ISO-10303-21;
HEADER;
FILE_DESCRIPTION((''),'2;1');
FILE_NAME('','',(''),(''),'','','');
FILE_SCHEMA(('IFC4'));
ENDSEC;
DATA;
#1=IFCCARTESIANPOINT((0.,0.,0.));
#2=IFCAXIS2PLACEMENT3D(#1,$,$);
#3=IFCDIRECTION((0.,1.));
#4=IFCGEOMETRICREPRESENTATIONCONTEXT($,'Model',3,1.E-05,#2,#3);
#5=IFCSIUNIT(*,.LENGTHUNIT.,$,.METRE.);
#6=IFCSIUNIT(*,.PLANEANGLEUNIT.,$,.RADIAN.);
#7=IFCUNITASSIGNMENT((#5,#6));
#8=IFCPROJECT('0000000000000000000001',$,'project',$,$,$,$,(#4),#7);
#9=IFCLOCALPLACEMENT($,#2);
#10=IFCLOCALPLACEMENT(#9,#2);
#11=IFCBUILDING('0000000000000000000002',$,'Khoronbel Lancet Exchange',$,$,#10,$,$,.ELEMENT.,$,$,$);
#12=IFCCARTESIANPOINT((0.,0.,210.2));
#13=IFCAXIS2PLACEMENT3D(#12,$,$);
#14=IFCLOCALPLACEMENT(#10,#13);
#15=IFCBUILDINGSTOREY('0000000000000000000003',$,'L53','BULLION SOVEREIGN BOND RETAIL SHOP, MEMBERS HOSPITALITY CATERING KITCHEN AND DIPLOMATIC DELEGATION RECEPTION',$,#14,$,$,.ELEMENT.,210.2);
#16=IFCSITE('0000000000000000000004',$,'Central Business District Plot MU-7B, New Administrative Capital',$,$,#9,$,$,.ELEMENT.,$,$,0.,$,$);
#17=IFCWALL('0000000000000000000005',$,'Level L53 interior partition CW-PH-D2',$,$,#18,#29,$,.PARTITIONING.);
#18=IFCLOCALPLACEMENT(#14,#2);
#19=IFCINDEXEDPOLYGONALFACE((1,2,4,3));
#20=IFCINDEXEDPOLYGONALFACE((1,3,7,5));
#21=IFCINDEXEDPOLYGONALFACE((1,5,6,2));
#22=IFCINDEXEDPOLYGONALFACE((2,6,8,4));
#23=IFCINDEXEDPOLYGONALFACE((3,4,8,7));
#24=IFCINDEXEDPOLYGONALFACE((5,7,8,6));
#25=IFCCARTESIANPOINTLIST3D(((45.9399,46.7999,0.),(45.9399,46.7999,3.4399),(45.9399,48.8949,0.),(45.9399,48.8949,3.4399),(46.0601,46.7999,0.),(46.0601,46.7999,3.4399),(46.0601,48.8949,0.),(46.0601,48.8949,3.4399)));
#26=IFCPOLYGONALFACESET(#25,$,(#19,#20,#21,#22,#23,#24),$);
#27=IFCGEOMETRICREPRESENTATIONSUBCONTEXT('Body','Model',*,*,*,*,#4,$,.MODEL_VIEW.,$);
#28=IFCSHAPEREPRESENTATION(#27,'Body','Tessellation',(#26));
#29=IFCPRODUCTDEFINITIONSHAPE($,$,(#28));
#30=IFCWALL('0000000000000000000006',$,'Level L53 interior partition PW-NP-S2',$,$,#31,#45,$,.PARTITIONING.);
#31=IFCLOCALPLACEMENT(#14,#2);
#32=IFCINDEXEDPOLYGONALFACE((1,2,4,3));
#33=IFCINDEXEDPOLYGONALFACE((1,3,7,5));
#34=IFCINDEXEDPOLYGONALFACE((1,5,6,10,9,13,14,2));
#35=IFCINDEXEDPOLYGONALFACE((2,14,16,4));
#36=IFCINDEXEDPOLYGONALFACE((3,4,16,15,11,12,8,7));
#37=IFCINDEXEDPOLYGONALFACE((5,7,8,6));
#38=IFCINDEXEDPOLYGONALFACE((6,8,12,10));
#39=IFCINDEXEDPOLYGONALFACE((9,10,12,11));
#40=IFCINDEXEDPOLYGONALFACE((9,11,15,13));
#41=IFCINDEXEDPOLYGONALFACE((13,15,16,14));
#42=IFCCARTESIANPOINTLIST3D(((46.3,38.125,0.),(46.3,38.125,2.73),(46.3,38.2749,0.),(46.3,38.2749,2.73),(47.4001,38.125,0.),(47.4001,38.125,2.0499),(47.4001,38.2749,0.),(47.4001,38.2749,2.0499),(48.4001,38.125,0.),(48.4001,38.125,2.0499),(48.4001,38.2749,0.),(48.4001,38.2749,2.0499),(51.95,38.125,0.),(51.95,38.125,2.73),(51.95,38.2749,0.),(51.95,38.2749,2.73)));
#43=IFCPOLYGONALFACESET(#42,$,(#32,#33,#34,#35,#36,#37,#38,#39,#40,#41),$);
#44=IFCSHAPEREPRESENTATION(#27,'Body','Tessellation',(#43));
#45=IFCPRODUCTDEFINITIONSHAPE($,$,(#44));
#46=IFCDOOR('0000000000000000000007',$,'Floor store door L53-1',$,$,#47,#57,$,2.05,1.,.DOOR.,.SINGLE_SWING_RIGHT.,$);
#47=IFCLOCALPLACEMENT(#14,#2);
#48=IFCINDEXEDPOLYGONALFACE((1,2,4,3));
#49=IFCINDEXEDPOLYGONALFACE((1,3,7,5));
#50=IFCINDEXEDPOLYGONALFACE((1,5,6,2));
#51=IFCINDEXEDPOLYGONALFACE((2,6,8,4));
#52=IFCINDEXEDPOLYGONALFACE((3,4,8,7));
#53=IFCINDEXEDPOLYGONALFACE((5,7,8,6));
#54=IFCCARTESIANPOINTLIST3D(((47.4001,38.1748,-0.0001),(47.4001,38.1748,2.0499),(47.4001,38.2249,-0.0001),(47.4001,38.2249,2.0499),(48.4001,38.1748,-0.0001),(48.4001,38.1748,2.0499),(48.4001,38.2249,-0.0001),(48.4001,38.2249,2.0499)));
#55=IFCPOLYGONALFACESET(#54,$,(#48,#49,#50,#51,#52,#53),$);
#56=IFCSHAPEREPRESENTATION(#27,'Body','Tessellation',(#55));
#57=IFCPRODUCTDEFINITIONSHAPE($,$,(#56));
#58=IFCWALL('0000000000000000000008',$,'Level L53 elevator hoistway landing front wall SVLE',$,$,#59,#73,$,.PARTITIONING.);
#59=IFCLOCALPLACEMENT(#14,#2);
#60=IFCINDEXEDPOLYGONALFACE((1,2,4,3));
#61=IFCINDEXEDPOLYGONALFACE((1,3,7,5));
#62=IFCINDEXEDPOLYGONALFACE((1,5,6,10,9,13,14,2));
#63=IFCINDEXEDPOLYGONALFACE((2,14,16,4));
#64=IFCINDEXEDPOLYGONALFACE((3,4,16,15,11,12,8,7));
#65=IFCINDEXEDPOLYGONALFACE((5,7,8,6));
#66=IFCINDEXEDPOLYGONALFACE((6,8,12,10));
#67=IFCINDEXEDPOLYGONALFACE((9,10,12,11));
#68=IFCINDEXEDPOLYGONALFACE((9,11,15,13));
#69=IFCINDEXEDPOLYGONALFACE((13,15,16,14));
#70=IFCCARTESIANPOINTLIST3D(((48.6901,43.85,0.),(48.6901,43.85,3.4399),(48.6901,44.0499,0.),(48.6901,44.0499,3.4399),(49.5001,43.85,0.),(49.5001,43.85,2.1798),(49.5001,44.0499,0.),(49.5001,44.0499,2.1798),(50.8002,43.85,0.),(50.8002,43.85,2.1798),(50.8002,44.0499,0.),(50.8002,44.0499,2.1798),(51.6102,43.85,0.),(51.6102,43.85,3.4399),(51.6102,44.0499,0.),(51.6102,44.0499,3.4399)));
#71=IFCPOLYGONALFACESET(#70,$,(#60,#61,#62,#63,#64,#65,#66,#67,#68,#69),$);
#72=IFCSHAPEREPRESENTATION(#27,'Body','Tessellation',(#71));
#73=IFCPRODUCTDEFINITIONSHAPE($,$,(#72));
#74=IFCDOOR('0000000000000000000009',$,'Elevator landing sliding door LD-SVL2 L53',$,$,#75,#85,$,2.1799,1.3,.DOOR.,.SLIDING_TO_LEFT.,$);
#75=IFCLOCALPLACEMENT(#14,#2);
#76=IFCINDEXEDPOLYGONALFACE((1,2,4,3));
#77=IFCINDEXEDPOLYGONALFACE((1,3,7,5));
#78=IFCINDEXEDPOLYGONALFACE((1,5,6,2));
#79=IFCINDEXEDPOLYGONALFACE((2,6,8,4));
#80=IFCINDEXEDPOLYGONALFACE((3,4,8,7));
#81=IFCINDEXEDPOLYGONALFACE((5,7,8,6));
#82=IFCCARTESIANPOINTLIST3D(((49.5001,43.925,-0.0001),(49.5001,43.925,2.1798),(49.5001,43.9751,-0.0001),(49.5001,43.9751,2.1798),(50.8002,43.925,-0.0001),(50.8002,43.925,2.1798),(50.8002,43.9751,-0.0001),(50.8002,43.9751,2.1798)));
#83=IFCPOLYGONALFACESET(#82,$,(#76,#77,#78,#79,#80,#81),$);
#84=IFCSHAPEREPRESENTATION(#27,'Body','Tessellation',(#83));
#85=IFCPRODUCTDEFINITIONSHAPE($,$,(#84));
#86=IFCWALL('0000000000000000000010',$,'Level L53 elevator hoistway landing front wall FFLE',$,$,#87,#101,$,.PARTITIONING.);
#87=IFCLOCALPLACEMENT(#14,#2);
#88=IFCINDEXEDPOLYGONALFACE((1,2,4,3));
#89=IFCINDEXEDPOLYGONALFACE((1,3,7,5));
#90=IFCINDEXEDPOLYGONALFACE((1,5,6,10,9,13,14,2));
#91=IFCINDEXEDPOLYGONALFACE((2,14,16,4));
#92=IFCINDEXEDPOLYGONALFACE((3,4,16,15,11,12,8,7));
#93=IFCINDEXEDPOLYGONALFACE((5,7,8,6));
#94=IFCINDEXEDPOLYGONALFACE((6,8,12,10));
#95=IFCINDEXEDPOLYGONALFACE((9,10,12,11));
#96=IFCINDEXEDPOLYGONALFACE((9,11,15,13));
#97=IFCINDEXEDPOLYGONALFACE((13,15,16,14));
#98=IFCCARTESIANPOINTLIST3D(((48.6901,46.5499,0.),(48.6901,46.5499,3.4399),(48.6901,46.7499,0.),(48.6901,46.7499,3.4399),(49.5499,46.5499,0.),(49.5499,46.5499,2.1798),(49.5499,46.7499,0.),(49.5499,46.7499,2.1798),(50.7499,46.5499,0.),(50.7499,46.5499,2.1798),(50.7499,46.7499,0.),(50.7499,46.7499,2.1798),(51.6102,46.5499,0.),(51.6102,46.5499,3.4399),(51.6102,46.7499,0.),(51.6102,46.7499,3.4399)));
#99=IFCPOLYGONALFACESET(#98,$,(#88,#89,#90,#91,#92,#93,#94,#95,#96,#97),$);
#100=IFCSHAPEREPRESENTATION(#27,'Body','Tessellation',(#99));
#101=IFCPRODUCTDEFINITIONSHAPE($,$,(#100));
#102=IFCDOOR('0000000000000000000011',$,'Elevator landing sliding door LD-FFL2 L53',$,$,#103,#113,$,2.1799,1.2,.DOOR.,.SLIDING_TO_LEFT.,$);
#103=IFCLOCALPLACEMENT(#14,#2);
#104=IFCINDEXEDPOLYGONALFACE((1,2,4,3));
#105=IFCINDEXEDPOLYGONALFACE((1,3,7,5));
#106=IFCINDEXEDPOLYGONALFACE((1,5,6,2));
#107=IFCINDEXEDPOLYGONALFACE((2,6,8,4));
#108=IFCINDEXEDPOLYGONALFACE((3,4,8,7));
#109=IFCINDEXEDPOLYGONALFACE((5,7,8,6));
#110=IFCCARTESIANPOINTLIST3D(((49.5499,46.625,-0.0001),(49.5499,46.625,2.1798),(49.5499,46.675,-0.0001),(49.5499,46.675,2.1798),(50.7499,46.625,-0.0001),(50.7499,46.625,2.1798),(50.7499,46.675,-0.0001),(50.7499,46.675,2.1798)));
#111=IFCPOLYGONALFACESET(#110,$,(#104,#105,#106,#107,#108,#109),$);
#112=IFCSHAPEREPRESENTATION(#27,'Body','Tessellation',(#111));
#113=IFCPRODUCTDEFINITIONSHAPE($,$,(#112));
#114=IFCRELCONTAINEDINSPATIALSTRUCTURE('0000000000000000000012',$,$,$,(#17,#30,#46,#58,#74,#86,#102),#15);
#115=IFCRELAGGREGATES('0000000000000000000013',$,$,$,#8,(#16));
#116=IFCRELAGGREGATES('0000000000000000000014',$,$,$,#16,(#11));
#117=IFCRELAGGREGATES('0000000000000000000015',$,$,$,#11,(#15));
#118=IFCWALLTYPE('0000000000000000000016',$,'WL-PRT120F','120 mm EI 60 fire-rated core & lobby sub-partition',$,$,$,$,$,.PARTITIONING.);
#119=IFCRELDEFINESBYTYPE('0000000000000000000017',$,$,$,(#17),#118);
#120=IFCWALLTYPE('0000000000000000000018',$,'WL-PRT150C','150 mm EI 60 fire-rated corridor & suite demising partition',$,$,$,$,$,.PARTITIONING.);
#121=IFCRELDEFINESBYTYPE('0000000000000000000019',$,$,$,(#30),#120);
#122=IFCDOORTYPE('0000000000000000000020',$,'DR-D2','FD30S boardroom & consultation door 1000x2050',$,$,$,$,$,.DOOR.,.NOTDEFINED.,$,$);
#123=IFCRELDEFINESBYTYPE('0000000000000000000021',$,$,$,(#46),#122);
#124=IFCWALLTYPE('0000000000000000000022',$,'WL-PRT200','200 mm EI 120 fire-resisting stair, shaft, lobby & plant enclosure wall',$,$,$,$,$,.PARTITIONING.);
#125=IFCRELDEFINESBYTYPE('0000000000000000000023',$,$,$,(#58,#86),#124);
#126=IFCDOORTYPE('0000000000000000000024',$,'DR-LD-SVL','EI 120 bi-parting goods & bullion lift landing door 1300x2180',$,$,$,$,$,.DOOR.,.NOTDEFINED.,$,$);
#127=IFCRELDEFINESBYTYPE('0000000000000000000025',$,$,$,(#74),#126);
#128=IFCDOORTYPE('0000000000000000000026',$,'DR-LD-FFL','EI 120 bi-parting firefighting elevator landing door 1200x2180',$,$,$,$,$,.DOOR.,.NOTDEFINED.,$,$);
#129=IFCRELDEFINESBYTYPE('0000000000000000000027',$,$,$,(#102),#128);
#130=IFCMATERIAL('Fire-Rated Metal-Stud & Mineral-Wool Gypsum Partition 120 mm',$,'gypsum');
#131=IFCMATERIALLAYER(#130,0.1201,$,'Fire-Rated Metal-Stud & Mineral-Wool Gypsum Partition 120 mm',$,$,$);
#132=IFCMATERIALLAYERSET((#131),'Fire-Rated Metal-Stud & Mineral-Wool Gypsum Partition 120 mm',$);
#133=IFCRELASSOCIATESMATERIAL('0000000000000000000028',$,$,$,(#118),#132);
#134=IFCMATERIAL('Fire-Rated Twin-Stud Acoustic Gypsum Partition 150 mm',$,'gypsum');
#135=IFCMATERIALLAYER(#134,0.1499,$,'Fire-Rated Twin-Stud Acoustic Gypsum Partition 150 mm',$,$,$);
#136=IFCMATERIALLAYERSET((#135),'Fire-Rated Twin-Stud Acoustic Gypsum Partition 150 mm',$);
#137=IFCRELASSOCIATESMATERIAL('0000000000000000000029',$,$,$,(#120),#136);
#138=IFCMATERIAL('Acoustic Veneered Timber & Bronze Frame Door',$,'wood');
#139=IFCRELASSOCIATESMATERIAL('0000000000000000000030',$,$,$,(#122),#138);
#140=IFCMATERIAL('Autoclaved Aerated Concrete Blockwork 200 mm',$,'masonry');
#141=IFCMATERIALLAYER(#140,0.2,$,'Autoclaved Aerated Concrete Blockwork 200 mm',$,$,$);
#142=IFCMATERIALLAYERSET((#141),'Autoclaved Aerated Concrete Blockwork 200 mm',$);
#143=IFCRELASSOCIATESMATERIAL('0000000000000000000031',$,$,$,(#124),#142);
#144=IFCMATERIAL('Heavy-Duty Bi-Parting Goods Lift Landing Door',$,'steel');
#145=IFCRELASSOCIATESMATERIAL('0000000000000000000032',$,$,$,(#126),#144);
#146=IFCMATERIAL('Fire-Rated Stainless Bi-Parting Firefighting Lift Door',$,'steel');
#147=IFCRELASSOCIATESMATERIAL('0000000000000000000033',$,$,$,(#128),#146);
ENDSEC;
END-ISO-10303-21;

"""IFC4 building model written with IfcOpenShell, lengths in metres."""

from ifc_helpers import new_model, si_unit, direction, frame, frame_2d, origin, place, context, subcontext, project, spatial, rectangle, extrude, material, layer, layer_set, type_object, element, fill, save


model = new_model("IFC4")

# Units and contexts
model_context = context("Model", 3, precision=1e-05, world=origin(), true_north=direction((0.0, 1.0)))
body_context = subcontext(model_context, "Body", "Model", "MODEL_VIEW")
ifc_project = project(units=[si_unit("LENGTHUNIT", "METRE"), si_unit("PLANEANGLEUNIT", "RADIAN")], contexts=[model_context])

# Site, building, storey
site_placement = place(None, origin())
site = spatial("IfcSite", under=ifc_project, at=site_placement, Name="Central Business District Plot MU-7B, New Administrative Capital", CompositionType="ELEMENT", RefElevation=0.0)
building_placement = place(site_placement, origin())
building = spatial("IfcBuilding", under=site, at=building_placement, Name="Khoronbel Lancet Exchange", CompositionType="ELEMENT")
storey_placement = place(building_placement, frame((0.0, 0.0, 210.2)))
storey = spatial("IfcBuildingStorey", under=building, at=storey_placement, Name="L53", Description="BULLION SOVEREIGN BOND RETAIL SHOP, MEMBERS HOSPITALITY CATERING KITCHEN AND DIPLOMATIC DELEGATION RECEPTION", CompositionType="ELEMENT", Elevation=210.2)

# Wall
ifc_material_1 = material(Name="Fire-Rated Metal-Stud & Mineral-Wool Gypsum Partition 120 mm", Category="gypsum")
ifc_layer_1 = layer(ifc_material_1, 0.1201, Name="Fire-Rated Metal-Stud & Mineral-Wool Gypsum Partition 120 mm")
ifc_layer_set_1 = layer_set([ifc_layer_1], Name="Fire-Rated Metal-Stud & Mineral-Wool Gypsum Partition 120 mm")
wall_type_1 = type_object("IfcWallType", Name="WL-PRT120F", Description="120 mm EI 60 fire-rated core & lobby sub-partition", PredefinedType="PARTITIONING", material=ifc_layer_set_1)
wall_1_placement = place(storey_placement, frame((46.0, 46.8, 0.0), z_axis=(0.0, 0.0, 1.0), x_axis=(0.0, 1.0, 0.0)))
element("IfcWall", 1, at=wall_1_placement, inside=storey, type_object=wall_type_1, Name="Level L53 interior partition CW-PH-D2", PredefinedType="PARTITIONING", context=body_context, shape_type="SweptSolid", body=[
    extrude(rectangle(XDim=2.095, YDim=0.1201, at=frame_2d((1.0474, 0.0))), origin(), (0.0, 0.0, 1.0), 3.4399),
])

# Walls, openings, doors
ifc_material_2 = material(Name="Fire-Rated Twin-Stud Acoustic Gypsum Partition 150 mm", Category="gypsum")
ifc_layer_2 = layer(ifc_material_2, 0.1499, Name="Fire-Rated Twin-Stud Acoustic Gypsum Partition 150 mm")
ifc_layer_set_2 = layer_set([ifc_layer_2], Name="Fire-Rated Twin-Stud Acoustic Gypsum Partition 150 mm")
wall_type_2 = type_object("IfcWallType", Name="WL-PRT150C", Description="150 mm EI 60 fire-rated corridor & suite demising partition", PredefinedType="PARTITIONING", material=ifc_layer_set_2)
wall_2_placement = place(storey_placement, frame((46.3, 38.2, 0.0), z_axis=(0.0, 0.0, 1.0), x_axis=(1.0, 0.0, 0.0)))
wall_2 = element("IfcWall", 2, at=wall_2_placement, inside=storey, type_object=wall_type_2, Name="Level L53 interior partition PW-NP-S2", PredefinedType="PARTITIONING", context=body_context, shape_type="SweptSolid", body=[
    extrude(rectangle(XDim=5.6499, YDim=0.1499, at=frame_2d((2.825, 0.0))), origin(), (0.0, 0.0, 1.0), 2.73),
])
opening_1_placement = place(wall_2_placement, frame((1.1001, 0.0, 0.0)))
opening_1 = element("IfcOpeningElement", 3, at=opening_1_placement, cuts=wall_2, PredefinedType="OPENING", context=body_context, shape_type="SweptSolid", body=[
    extrude(rectangle(XDim=1.0, YDim=2.05, at=frame_2d((0.5, 1.0249))), frame((0.0, 0.085, 0.0), z_axis=(0.0, -1.0, 0.0), x_axis=(1.0, 0.0, 0.0)), (0.0, 0.0, 1.0), 0.1699),
])
ifc_material_3 = material(Name="Acoustic Veneered Timber & Bronze Frame Door", Category="wood")
door_type_1 = type_object("IfcDoorType", Name="DR-D2", Description="FD30S boardroom & consultation door 1000x2050", OperationType="NOTDEFINED", PredefinedType="DOOR", material=ifc_material_3)
door_1_placement = place(opening_1_placement, origin())
door_1 = element("IfcDoor", 4, at=door_1_placement, inside=storey, type_object=door_type_1, Name="Floor store door L53-1", OperationType="SINGLE_SWING_RIGHT", OverallHeight=2.05, OverallWidth=1.0, PredefinedType="DOOR", context=body_context, shape_type="SweptSolid", body=[
    extrude(rectangle(XDim=1.0, YDim=2.05, at=frame_2d((0.5, 1.0249))), frame((0.0, 0.0249, 0.0), z_axis=(0.0, -1.0, 0.0), x_axis=(1.0, 0.0, 0.0)), (0.0, 0.0, 1.0), 0.05),
])
fill(opening_1, door_1)
ifc_material_4 = material(Name="Autoclaved Aerated Concrete Blockwork 200 mm", Category="masonry")
ifc_layer_3 = layer(ifc_material_4, 0.2, Name="Autoclaved Aerated Concrete Blockwork 200 mm")
ifc_layer_set_3 = layer_set([ifc_layer_3], Name="Autoclaved Aerated Concrete Blockwork 200 mm")
wall_type_3 = type_object("IfcWallType", Name="WL-PRT200", Description="200 mm EI 120 fire-resisting stair, shaft, lobby & plant enclosure wall", PredefinedType="PARTITIONING", material=ifc_layer_set_3)
wall_3_placement = place(storey_placement, frame((51.6101, 43.95, 0.0), z_axis=(0.0, 0.0, 1.0), x_axis=(-1.0, 0.0, 0.0)))
wall_3 = element("IfcWall", 5, at=wall_3_placement, inside=storey, type_object=wall_type_3, Name="Level L53 elevator hoistway landing front wall SVLE", PredefinedType="PARTITIONING", context=body_context, shape_type="SweptSolid", body=[
    extrude(rectangle(XDim=2.9202, YDim=0.2, at=frame_2d((1.46, 0.0))), origin(), (0.0, 0.0, 1.0), 3.4399),
])
opening_2_placement = place(wall_3_placement, frame((0.8101, 0.0, 0.0)))
opening_2 = element("IfcOpeningElement", 6, at=opening_2_placement, cuts=wall_3, PredefinedType="OPENING", context=body_context, shape_type="SweptSolid", body=[
    extrude(rectangle(XDim=1.3, YDim=2.1799, at=frame_2d((0.6499, 1.0898))), frame((0.0, 0.1099, 0.0), z_axis=(0.0, -1.0, 0.0), x_axis=(1.0, 0.0, 0.0)), (0.0, 0.0, 1.0), 0.22),
])
ifc_material_5 = material(Name="Heavy-Duty Bi-Parting Goods Lift Landing Door", Category="steel")
door_type_2 = type_object("IfcDoorType", Name="DR-LD-SVL", Description="EI 120 bi-parting goods & bullion lift landing door 1300x2180", OperationType="NOTDEFINED", PredefinedType="DOOR", material=ifc_material_5)
door_2_placement = place(opening_2_placement, origin())
door_2 = element("IfcDoor", 7, at=door_2_placement, inside=storey, type_object=door_type_2, Name="Elevator landing sliding door LD-SVL2 L53", OperationType="SLIDING_TO_LEFT", OverallHeight=2.1799, OverallWidth=1.3, PredefinedType="DOOR", context=body_context, shape_type="SweptSolid", body=[
    extrude(rectangle(XDim=1.3, YDim=2.1799, at=frame_2d((0.6499, 1.0898))), frame((0.0, 0.0249, 0.0), z_axis=(0.0, -1.0, 0.0), x_axis=(1.0, 0.0, 0.0)), (0.0, 0.0, 1.0), 0.05),
])
fill(opening_2, door_2)
wall_4_placement = place(storey_placement, frame((51.6101, 46.6499, 0.0), z_axis=(0.0, 0.0, 1.0), x_axis=(-1.0, 0.0, 0.0)))
wall_4 = element("IfcWall", 8, at=wall_4_placement, inside=storey, type_object=wall_type_3, Name="Level L53 elevator hoistway landing front wall FFLE", PredefinedType="PARTITIONING", context=body_context, shape_type="SweptSolid", body=[
    extrude(rectangle(XDim=2.9202, YDim=0.2, at=frame_2d((1.46, 0.0))), origin(), (0.0, 0.0, 1.0), 3.4399),
])
opening_3_placement = place(wall_4_placement, frame((0.8601, 0.0, 0.0)))
opening_3 = element("IfcOpeningElement", 9, at=opening_3_placement, cuts=wall_4, PredefinedType="OPENING", context=body_context, shape_type="SweptSolid", body=[
    extrude(rectangle(XDim=1.2, YDim=2.1799, at=frame_2d((0.6001, 1.0898))), frame((0.0, 0.1099, 0.0), z_axis=(0.0, -1.0, 0.0), x_axis=(1.0, 0.0, 0.0)), (0.0, 0.0, 1.0), 0.22),
])
ifc_material_6 = material(Name="Fire-Rated Stainless Bi-Parting Firefighting Lift Door", Category="steel")
door_type_3 = type_object("IfcDoorType", Name="DR-LD-FFL", Description="EI 120 bi-parting firefighting elevator landing door 1200x2180", OperationType="NOTDEFINED", PredefinedType="DOOR", material=ifc_material_6)
door_3_placement = place(opening_3_placement, origin())
door_3 = element("IfcDoor", 10, at=door_3_placement, inside=storey, type_object=door_type_3, Name="Elevator landing sliding door LD-FFL2 L53", OperationType="SLIDING_TO_LEFT", OverallHeight=2.1799, OverallWidth=1.2, PredefinedType="DOOR", context=body_context, shape_type="SweptSolid", body=[
    extrude(rectangle(XDim=1.2, YDim=2.1799, at=frame_2d((0.6001, 1.0898))), frame((0.0, 0.0249, 0.0), z_axis=(0.0, -1.0, 0.0), x_axis=(1.0, 0.0, 0.0)), (0.0, 0.0, 1.0), 0.05),
])
fill(opening_3, door_3)

save(model, "model.ifc")
